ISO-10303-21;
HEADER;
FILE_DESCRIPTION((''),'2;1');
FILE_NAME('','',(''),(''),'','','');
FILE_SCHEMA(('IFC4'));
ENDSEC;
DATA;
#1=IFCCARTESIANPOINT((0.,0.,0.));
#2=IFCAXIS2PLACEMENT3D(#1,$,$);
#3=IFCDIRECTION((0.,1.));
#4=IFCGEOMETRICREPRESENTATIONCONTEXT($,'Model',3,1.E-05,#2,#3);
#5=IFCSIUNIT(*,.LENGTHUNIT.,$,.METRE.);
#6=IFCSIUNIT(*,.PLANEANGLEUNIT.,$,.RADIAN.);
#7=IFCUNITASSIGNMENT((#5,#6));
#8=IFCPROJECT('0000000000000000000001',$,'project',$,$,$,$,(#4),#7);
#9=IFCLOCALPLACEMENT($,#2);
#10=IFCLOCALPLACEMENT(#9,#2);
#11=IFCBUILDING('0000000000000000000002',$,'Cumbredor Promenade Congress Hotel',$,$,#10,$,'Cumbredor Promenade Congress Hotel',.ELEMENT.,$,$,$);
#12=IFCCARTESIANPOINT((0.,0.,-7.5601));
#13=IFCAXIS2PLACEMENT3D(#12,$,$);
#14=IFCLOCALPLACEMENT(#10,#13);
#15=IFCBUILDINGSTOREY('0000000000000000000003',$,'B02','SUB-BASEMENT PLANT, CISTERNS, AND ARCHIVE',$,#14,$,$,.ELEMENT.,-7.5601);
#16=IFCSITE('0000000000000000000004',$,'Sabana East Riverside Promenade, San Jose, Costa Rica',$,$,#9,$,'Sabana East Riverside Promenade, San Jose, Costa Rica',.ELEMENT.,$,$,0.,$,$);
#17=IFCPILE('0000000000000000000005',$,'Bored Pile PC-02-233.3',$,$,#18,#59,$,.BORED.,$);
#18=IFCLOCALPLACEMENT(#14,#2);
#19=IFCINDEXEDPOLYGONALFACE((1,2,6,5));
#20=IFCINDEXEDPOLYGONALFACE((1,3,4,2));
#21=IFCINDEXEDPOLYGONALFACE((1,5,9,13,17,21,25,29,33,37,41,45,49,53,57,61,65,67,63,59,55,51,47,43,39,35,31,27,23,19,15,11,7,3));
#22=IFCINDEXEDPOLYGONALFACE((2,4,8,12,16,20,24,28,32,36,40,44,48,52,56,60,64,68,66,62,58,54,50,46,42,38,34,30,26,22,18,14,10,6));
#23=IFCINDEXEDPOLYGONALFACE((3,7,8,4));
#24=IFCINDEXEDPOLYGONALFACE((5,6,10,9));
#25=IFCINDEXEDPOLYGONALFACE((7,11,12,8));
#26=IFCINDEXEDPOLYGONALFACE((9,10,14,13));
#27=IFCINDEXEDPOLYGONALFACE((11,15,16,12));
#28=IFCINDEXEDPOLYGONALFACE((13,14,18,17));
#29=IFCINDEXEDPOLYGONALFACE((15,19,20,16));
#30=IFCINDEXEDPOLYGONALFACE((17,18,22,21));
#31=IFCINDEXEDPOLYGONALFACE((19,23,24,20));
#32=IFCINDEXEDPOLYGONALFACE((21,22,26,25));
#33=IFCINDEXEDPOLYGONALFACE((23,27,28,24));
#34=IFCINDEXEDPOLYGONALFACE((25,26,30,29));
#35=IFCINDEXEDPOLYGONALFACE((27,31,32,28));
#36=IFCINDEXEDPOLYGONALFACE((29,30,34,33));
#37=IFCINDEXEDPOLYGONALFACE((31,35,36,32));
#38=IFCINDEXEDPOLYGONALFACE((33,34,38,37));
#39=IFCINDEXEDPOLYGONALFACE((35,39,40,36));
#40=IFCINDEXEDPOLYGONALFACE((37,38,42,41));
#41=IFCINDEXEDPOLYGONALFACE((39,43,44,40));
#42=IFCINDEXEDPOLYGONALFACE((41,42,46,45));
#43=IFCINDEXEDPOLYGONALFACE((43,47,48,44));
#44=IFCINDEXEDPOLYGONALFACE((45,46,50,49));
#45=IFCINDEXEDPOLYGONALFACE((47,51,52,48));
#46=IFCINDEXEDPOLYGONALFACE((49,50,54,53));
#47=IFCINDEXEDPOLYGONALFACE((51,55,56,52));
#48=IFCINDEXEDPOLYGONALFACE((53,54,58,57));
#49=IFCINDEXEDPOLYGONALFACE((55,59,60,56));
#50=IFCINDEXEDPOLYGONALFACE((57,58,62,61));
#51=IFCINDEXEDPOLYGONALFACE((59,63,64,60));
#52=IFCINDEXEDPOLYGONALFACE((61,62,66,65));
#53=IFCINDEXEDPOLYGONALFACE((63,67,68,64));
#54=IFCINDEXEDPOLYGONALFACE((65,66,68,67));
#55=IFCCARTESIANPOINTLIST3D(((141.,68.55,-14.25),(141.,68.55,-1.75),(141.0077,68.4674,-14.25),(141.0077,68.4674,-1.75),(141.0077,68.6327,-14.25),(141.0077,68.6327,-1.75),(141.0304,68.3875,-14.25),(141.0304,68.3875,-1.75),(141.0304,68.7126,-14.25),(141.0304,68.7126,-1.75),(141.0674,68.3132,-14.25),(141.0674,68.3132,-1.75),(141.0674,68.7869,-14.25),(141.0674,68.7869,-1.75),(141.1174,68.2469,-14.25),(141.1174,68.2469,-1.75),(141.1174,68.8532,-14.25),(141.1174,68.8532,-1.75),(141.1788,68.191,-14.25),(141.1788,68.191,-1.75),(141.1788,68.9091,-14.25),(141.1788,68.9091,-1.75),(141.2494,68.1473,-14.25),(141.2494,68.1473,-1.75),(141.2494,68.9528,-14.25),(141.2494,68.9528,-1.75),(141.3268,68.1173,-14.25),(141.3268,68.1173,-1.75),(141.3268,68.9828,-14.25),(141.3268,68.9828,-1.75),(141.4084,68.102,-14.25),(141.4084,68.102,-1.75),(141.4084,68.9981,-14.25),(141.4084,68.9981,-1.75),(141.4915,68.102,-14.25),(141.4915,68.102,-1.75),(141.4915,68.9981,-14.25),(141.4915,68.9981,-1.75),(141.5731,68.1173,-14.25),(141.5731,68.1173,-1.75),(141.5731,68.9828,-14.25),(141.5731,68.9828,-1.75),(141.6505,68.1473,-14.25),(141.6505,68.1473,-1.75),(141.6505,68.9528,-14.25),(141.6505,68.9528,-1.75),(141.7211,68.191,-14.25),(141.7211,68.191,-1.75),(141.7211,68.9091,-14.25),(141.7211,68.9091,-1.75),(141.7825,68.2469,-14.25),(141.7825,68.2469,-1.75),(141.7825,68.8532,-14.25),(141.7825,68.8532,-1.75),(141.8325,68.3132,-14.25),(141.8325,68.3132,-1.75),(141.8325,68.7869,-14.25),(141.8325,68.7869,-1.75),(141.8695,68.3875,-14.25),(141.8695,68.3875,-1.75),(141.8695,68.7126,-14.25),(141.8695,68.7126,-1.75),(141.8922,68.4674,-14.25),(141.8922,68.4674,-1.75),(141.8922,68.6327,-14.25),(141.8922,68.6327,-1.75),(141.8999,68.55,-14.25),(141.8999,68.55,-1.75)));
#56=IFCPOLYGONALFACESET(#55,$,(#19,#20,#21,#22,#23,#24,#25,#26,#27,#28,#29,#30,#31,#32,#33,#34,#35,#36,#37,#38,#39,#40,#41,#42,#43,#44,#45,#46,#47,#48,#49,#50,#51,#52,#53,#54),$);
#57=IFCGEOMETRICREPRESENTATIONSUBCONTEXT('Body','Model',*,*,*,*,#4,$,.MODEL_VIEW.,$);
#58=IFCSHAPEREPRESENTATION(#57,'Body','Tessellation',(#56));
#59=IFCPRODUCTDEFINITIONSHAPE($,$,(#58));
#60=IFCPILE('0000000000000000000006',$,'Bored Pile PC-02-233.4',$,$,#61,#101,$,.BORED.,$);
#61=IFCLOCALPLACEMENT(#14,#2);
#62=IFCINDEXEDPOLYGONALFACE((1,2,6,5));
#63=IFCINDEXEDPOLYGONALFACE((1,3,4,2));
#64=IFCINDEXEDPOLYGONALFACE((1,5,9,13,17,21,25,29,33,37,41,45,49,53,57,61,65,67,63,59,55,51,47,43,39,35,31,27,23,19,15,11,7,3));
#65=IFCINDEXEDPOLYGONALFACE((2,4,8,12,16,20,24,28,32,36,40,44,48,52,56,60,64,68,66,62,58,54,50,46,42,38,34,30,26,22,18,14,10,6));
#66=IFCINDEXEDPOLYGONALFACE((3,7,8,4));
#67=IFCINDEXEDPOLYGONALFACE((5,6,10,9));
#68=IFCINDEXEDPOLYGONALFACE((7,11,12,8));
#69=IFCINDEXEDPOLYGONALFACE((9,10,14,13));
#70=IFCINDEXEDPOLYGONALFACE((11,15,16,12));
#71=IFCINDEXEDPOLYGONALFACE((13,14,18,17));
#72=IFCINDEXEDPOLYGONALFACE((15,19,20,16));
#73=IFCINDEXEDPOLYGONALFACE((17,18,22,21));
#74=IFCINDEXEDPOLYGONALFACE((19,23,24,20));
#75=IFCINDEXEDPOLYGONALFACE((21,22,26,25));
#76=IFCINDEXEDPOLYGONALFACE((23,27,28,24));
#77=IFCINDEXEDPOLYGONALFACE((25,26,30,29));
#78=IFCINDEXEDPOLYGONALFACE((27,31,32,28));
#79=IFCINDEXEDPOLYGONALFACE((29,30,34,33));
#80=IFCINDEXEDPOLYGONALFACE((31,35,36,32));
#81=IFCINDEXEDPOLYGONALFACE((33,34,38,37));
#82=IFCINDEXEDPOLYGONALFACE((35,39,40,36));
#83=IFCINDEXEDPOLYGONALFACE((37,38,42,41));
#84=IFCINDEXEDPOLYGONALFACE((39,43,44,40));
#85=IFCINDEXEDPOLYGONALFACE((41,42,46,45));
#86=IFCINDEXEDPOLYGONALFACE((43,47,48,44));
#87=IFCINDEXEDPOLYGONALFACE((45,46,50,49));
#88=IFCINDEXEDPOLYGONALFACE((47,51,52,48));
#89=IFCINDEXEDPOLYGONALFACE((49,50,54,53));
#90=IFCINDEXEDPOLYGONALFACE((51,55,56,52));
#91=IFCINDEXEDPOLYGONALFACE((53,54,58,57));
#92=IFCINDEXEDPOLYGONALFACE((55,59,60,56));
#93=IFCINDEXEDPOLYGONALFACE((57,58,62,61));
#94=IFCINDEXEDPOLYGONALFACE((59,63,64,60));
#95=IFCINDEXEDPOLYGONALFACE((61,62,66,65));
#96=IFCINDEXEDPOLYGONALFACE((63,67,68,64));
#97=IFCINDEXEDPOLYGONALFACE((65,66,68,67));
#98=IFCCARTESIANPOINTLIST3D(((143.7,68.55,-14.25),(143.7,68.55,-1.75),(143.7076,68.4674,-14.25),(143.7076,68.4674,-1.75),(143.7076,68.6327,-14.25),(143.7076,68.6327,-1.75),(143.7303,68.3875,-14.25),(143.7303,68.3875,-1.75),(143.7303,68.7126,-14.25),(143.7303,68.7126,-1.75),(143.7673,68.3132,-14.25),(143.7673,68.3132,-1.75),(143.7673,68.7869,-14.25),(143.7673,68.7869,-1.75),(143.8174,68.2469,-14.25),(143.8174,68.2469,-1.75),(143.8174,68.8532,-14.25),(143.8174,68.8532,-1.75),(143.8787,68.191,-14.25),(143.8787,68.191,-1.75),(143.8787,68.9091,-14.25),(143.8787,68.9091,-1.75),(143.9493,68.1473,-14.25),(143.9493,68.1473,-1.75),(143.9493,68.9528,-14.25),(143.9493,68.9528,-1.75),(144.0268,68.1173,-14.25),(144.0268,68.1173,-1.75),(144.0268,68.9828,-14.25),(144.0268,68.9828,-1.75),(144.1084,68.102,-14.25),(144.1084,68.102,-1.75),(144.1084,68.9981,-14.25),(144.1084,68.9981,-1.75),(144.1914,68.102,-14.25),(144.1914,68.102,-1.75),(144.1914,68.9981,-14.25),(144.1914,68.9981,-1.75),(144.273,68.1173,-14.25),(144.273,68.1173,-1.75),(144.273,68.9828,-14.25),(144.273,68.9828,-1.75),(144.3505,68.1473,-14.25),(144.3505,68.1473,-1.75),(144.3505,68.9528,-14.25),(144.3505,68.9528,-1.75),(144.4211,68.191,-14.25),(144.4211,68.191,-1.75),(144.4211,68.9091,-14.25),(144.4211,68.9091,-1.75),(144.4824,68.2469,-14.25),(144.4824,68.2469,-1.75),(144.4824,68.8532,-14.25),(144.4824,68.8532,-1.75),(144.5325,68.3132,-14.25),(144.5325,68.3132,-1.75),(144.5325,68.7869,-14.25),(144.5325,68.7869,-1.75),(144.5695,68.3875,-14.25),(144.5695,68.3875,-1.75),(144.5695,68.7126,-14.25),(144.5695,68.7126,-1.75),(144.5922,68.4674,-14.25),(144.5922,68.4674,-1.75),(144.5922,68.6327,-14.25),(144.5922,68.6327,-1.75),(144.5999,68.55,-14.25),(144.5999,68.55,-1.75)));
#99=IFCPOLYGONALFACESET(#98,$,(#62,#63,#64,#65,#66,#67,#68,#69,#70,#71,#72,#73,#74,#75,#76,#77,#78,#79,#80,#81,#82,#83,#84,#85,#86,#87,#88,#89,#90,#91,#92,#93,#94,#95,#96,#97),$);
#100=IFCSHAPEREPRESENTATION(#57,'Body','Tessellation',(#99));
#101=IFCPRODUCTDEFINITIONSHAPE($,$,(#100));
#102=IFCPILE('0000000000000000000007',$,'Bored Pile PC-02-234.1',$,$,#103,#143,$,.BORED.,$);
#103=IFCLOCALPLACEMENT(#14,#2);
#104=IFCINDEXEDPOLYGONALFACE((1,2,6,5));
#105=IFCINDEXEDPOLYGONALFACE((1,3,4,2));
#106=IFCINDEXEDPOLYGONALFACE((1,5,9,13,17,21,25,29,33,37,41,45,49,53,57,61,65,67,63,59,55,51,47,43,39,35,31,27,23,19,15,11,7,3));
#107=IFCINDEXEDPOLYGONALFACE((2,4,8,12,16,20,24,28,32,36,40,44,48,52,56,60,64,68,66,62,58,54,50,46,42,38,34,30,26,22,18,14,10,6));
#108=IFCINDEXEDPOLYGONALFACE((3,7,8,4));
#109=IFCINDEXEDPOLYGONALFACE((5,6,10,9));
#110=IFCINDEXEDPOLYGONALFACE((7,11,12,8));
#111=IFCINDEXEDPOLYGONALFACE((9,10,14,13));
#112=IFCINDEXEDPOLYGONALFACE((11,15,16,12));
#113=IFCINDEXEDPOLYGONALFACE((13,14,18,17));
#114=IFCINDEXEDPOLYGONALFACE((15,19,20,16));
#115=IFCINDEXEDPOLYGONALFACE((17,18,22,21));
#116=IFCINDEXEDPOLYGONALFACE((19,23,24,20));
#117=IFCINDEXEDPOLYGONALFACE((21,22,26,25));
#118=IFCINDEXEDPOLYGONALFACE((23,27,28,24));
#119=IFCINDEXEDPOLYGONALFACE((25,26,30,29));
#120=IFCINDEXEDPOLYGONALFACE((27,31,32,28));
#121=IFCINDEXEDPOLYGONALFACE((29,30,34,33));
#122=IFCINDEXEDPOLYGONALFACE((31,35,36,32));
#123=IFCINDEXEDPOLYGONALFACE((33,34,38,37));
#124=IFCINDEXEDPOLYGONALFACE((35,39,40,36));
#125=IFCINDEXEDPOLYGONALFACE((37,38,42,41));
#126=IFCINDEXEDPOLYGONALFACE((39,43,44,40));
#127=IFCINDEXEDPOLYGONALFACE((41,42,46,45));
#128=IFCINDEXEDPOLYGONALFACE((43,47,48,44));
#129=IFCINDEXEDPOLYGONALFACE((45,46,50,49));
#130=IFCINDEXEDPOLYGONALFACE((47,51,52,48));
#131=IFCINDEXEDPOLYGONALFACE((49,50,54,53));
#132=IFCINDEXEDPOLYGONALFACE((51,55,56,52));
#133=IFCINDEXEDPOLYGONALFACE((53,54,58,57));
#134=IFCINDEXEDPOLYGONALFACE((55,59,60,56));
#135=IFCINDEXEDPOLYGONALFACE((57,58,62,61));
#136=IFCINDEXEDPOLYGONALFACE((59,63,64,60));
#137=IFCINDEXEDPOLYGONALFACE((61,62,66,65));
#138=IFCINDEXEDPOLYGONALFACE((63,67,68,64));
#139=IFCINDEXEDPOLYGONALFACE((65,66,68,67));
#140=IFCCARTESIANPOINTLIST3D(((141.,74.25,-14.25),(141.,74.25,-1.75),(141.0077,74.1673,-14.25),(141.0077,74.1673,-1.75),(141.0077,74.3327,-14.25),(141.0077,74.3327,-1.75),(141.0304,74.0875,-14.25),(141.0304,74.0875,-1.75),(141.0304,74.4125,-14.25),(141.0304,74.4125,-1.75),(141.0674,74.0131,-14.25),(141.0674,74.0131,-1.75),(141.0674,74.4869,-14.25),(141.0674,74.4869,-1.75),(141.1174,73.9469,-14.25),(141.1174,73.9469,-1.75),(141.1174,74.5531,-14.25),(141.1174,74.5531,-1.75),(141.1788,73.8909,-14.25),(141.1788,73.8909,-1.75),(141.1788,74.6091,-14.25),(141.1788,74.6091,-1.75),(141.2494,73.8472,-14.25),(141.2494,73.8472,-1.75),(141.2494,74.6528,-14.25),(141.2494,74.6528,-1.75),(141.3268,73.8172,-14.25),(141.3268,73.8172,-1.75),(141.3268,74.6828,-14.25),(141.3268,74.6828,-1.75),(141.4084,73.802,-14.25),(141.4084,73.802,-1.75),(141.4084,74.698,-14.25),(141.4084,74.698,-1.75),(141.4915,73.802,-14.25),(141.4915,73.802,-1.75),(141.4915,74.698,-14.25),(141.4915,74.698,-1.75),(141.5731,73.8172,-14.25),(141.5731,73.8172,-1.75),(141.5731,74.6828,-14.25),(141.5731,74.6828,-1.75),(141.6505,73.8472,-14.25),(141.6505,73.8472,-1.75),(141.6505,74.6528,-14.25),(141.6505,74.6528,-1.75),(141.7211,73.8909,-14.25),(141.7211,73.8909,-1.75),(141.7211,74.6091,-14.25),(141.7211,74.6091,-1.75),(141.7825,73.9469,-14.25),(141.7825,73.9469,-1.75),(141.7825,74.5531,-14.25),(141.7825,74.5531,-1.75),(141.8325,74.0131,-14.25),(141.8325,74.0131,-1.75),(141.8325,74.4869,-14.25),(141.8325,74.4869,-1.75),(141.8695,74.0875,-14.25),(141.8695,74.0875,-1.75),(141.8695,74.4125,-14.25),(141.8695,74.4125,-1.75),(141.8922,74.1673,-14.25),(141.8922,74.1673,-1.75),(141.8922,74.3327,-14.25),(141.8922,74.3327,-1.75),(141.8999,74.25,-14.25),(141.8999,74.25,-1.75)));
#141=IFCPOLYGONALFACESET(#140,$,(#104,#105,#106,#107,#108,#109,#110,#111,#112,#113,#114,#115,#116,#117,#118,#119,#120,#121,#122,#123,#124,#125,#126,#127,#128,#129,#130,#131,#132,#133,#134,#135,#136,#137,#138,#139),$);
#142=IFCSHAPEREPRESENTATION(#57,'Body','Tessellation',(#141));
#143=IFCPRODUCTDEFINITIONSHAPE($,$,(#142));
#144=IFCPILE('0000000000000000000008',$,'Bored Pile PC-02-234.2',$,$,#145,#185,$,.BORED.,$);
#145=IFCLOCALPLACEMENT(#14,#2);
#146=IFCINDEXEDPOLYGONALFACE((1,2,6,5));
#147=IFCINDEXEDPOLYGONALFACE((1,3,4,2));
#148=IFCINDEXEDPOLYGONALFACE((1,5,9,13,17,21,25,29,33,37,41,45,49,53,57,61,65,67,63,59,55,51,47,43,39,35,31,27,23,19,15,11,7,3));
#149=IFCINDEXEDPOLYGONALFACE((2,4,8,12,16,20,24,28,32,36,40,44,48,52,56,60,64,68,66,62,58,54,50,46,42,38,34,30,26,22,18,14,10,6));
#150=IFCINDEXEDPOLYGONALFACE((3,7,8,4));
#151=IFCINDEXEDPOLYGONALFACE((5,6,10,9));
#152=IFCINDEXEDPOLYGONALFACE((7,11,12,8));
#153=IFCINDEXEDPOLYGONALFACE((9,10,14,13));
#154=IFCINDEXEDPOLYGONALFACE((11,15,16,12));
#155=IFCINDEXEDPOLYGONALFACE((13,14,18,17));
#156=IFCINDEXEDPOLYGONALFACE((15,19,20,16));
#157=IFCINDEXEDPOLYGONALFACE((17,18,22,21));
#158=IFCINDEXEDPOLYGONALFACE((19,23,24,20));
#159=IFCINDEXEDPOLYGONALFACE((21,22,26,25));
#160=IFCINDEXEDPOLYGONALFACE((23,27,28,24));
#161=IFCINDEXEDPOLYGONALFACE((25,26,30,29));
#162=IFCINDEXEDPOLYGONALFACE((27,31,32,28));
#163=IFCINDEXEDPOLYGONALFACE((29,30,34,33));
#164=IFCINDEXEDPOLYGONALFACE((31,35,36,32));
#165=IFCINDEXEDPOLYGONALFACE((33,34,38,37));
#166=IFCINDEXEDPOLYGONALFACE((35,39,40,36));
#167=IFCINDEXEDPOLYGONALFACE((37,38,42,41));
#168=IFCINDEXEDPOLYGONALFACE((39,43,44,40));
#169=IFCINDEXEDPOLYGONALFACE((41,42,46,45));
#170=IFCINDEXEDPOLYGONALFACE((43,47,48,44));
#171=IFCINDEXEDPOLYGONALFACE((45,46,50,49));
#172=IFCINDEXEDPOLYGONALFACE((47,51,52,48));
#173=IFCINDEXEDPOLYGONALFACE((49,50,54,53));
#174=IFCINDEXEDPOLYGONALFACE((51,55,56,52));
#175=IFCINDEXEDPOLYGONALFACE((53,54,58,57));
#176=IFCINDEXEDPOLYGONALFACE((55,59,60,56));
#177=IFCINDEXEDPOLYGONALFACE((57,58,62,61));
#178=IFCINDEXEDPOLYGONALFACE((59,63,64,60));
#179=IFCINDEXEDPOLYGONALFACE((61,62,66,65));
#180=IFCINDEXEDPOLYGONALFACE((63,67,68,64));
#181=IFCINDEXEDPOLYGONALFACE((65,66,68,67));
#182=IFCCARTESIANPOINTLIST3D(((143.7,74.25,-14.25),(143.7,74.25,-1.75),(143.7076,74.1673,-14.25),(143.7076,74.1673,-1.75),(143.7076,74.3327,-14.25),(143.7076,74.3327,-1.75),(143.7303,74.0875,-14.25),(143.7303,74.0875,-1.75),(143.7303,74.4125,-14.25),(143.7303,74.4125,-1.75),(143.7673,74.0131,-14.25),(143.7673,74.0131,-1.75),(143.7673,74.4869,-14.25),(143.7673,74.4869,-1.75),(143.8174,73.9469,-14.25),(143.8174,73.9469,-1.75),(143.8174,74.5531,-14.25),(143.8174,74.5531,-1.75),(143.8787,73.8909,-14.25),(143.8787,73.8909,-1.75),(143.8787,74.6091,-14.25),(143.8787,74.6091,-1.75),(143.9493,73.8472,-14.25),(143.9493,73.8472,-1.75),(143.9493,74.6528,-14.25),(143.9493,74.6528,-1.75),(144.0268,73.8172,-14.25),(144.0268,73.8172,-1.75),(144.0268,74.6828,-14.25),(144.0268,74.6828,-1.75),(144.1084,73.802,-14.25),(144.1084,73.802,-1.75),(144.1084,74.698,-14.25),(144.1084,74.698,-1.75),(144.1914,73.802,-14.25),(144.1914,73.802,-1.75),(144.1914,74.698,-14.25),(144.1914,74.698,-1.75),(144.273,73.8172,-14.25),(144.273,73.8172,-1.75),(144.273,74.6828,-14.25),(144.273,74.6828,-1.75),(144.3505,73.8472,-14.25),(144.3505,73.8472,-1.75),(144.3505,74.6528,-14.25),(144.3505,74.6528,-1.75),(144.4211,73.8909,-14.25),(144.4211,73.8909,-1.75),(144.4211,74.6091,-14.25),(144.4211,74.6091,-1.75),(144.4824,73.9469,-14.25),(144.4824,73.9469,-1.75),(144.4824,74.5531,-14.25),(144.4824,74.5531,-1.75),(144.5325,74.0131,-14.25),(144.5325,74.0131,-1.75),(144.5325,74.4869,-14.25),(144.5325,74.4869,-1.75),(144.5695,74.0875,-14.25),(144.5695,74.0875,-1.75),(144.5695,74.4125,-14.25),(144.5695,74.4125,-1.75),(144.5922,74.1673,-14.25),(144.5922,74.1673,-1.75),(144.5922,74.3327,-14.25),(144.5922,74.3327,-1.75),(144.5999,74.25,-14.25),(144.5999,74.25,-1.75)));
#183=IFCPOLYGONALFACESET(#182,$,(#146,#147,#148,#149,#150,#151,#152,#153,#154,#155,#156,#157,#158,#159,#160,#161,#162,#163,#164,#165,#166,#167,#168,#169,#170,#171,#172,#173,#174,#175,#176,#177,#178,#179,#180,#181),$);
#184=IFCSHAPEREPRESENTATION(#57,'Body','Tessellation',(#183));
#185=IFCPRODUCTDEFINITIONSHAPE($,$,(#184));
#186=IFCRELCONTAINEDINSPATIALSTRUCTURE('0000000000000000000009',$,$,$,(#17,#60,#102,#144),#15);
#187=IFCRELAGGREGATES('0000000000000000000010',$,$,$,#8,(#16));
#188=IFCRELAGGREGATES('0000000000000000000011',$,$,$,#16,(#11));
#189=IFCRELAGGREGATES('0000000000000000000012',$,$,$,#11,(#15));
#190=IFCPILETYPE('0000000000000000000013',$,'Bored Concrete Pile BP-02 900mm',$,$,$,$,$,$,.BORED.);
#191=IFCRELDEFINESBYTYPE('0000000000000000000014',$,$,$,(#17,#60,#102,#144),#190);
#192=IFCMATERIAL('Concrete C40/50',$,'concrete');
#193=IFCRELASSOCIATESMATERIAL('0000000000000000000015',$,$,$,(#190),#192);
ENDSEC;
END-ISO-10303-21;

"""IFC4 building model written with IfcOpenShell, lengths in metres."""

from ifc_helpers import new_model, si_unit, direction, frame, origin, origin_2d, place, context, subcontext, project, spatial, circle, extrude, material, material_profile, profile_set, type_object, element, save


model = new_model("IFC4")

# Units and contexts
model_context = context("Model", 3, precision=1e-05, world=origin(), true_north=direction((0.0, 1.0)))
body_context = subcontext(model_context, "Body", "Model", "MODEL_VIEW")
ifc_project = project(units=[si_unit("LENGTHUNIT", "METRE"), si_unit("PLANEANGLEUNIT", "RADIAN")], contexts=[model_context])

# Site, building, storey
site_placement = place(None, origin())
site = spatial("IfcSite", under=ifc_project, at=site_placement, Name="Sabana East Riverside Promenade, San Jose, Costa Rica", LongName="Sabana East Riverside Promenade, San Jose, Costa Rica", CompositionType="ELEMENT", RefElevation=0.0)
building_placement = place(site_placement, origin())
building = spatial("IfcBuilding", under=site, at=building_placement, Name="Cumbredor Promenade Congress Hotel", LongName="Cumbredor Promenade Congress Hotel", CompositionType="ELEMENT")
storey_placement = place(building_placement, frame((0.0, 0.0, -7.5601)))
storey = spatial("IfcBuildingStorey", under=building, at=storey_placement, Name="B02", Description="SUB-BASEMENT PLANT, CISTERNS, AND ARCHIVE", CompositionType="ELEMENT", Elevation=-7.5601)

# Piles
ifc_material_1 = material(Name="Concrete C40/50", Category="concrete")
ifc_material_profile_1 = material_profile(ifc_material_1, circle(Radius=0.45, at=origin_2d()), Name="PILE D900")
ifc_profile_set_1 = profile_set([ifc_material_profile_1], Name="Concrete C40/50")
pile_type = type_object("IfcPileType", Name="Bored Concrete Pile BP-02 900mm", PredefinedType="BORED", material=ifc_profile_set_1)
for number, where, z_axis, x_axis, name in (
    (1, (141.45, 68.55, -1.75), (0.0, 0.0, -1.0), (1.0, 0.0, 0.0), "Bored Pile PC-02-233.3"),
    (2, (144.1499, 68.55, -1.75), (0.0, 0.0, -1.0), (1.0, 0.0, 0.0), "Bored Pile PC-02-233.4"),
    (3, (141.45, 74.25, -1.75), (0.0, 0.0, -1.0), (1.0, 0.0, 0.0), "Bored Pile PC-02-234.1"),
    (4, (144.1499, 74.25, -1.75), (0.0, 0.0, -1.0), (1.0, 0.0, 0.0), "Bored Pile PC-02-234.2"),
):
    element("IfcPile", number, at=place(storey_placement, frame(where, z_axis=z_axis, x_axis=x_axis)), inside=storey, type_object=pile_type, Name=name, PredefinedType="BORED", context=body_context, shape_type="SweptSolid", body=[
        extrude(circle(Radius=0.45, at=origin_2d()), origin(), (0.0, 0.0, 1.0), 12.5),
    ])

save(model, "model.ifc")
